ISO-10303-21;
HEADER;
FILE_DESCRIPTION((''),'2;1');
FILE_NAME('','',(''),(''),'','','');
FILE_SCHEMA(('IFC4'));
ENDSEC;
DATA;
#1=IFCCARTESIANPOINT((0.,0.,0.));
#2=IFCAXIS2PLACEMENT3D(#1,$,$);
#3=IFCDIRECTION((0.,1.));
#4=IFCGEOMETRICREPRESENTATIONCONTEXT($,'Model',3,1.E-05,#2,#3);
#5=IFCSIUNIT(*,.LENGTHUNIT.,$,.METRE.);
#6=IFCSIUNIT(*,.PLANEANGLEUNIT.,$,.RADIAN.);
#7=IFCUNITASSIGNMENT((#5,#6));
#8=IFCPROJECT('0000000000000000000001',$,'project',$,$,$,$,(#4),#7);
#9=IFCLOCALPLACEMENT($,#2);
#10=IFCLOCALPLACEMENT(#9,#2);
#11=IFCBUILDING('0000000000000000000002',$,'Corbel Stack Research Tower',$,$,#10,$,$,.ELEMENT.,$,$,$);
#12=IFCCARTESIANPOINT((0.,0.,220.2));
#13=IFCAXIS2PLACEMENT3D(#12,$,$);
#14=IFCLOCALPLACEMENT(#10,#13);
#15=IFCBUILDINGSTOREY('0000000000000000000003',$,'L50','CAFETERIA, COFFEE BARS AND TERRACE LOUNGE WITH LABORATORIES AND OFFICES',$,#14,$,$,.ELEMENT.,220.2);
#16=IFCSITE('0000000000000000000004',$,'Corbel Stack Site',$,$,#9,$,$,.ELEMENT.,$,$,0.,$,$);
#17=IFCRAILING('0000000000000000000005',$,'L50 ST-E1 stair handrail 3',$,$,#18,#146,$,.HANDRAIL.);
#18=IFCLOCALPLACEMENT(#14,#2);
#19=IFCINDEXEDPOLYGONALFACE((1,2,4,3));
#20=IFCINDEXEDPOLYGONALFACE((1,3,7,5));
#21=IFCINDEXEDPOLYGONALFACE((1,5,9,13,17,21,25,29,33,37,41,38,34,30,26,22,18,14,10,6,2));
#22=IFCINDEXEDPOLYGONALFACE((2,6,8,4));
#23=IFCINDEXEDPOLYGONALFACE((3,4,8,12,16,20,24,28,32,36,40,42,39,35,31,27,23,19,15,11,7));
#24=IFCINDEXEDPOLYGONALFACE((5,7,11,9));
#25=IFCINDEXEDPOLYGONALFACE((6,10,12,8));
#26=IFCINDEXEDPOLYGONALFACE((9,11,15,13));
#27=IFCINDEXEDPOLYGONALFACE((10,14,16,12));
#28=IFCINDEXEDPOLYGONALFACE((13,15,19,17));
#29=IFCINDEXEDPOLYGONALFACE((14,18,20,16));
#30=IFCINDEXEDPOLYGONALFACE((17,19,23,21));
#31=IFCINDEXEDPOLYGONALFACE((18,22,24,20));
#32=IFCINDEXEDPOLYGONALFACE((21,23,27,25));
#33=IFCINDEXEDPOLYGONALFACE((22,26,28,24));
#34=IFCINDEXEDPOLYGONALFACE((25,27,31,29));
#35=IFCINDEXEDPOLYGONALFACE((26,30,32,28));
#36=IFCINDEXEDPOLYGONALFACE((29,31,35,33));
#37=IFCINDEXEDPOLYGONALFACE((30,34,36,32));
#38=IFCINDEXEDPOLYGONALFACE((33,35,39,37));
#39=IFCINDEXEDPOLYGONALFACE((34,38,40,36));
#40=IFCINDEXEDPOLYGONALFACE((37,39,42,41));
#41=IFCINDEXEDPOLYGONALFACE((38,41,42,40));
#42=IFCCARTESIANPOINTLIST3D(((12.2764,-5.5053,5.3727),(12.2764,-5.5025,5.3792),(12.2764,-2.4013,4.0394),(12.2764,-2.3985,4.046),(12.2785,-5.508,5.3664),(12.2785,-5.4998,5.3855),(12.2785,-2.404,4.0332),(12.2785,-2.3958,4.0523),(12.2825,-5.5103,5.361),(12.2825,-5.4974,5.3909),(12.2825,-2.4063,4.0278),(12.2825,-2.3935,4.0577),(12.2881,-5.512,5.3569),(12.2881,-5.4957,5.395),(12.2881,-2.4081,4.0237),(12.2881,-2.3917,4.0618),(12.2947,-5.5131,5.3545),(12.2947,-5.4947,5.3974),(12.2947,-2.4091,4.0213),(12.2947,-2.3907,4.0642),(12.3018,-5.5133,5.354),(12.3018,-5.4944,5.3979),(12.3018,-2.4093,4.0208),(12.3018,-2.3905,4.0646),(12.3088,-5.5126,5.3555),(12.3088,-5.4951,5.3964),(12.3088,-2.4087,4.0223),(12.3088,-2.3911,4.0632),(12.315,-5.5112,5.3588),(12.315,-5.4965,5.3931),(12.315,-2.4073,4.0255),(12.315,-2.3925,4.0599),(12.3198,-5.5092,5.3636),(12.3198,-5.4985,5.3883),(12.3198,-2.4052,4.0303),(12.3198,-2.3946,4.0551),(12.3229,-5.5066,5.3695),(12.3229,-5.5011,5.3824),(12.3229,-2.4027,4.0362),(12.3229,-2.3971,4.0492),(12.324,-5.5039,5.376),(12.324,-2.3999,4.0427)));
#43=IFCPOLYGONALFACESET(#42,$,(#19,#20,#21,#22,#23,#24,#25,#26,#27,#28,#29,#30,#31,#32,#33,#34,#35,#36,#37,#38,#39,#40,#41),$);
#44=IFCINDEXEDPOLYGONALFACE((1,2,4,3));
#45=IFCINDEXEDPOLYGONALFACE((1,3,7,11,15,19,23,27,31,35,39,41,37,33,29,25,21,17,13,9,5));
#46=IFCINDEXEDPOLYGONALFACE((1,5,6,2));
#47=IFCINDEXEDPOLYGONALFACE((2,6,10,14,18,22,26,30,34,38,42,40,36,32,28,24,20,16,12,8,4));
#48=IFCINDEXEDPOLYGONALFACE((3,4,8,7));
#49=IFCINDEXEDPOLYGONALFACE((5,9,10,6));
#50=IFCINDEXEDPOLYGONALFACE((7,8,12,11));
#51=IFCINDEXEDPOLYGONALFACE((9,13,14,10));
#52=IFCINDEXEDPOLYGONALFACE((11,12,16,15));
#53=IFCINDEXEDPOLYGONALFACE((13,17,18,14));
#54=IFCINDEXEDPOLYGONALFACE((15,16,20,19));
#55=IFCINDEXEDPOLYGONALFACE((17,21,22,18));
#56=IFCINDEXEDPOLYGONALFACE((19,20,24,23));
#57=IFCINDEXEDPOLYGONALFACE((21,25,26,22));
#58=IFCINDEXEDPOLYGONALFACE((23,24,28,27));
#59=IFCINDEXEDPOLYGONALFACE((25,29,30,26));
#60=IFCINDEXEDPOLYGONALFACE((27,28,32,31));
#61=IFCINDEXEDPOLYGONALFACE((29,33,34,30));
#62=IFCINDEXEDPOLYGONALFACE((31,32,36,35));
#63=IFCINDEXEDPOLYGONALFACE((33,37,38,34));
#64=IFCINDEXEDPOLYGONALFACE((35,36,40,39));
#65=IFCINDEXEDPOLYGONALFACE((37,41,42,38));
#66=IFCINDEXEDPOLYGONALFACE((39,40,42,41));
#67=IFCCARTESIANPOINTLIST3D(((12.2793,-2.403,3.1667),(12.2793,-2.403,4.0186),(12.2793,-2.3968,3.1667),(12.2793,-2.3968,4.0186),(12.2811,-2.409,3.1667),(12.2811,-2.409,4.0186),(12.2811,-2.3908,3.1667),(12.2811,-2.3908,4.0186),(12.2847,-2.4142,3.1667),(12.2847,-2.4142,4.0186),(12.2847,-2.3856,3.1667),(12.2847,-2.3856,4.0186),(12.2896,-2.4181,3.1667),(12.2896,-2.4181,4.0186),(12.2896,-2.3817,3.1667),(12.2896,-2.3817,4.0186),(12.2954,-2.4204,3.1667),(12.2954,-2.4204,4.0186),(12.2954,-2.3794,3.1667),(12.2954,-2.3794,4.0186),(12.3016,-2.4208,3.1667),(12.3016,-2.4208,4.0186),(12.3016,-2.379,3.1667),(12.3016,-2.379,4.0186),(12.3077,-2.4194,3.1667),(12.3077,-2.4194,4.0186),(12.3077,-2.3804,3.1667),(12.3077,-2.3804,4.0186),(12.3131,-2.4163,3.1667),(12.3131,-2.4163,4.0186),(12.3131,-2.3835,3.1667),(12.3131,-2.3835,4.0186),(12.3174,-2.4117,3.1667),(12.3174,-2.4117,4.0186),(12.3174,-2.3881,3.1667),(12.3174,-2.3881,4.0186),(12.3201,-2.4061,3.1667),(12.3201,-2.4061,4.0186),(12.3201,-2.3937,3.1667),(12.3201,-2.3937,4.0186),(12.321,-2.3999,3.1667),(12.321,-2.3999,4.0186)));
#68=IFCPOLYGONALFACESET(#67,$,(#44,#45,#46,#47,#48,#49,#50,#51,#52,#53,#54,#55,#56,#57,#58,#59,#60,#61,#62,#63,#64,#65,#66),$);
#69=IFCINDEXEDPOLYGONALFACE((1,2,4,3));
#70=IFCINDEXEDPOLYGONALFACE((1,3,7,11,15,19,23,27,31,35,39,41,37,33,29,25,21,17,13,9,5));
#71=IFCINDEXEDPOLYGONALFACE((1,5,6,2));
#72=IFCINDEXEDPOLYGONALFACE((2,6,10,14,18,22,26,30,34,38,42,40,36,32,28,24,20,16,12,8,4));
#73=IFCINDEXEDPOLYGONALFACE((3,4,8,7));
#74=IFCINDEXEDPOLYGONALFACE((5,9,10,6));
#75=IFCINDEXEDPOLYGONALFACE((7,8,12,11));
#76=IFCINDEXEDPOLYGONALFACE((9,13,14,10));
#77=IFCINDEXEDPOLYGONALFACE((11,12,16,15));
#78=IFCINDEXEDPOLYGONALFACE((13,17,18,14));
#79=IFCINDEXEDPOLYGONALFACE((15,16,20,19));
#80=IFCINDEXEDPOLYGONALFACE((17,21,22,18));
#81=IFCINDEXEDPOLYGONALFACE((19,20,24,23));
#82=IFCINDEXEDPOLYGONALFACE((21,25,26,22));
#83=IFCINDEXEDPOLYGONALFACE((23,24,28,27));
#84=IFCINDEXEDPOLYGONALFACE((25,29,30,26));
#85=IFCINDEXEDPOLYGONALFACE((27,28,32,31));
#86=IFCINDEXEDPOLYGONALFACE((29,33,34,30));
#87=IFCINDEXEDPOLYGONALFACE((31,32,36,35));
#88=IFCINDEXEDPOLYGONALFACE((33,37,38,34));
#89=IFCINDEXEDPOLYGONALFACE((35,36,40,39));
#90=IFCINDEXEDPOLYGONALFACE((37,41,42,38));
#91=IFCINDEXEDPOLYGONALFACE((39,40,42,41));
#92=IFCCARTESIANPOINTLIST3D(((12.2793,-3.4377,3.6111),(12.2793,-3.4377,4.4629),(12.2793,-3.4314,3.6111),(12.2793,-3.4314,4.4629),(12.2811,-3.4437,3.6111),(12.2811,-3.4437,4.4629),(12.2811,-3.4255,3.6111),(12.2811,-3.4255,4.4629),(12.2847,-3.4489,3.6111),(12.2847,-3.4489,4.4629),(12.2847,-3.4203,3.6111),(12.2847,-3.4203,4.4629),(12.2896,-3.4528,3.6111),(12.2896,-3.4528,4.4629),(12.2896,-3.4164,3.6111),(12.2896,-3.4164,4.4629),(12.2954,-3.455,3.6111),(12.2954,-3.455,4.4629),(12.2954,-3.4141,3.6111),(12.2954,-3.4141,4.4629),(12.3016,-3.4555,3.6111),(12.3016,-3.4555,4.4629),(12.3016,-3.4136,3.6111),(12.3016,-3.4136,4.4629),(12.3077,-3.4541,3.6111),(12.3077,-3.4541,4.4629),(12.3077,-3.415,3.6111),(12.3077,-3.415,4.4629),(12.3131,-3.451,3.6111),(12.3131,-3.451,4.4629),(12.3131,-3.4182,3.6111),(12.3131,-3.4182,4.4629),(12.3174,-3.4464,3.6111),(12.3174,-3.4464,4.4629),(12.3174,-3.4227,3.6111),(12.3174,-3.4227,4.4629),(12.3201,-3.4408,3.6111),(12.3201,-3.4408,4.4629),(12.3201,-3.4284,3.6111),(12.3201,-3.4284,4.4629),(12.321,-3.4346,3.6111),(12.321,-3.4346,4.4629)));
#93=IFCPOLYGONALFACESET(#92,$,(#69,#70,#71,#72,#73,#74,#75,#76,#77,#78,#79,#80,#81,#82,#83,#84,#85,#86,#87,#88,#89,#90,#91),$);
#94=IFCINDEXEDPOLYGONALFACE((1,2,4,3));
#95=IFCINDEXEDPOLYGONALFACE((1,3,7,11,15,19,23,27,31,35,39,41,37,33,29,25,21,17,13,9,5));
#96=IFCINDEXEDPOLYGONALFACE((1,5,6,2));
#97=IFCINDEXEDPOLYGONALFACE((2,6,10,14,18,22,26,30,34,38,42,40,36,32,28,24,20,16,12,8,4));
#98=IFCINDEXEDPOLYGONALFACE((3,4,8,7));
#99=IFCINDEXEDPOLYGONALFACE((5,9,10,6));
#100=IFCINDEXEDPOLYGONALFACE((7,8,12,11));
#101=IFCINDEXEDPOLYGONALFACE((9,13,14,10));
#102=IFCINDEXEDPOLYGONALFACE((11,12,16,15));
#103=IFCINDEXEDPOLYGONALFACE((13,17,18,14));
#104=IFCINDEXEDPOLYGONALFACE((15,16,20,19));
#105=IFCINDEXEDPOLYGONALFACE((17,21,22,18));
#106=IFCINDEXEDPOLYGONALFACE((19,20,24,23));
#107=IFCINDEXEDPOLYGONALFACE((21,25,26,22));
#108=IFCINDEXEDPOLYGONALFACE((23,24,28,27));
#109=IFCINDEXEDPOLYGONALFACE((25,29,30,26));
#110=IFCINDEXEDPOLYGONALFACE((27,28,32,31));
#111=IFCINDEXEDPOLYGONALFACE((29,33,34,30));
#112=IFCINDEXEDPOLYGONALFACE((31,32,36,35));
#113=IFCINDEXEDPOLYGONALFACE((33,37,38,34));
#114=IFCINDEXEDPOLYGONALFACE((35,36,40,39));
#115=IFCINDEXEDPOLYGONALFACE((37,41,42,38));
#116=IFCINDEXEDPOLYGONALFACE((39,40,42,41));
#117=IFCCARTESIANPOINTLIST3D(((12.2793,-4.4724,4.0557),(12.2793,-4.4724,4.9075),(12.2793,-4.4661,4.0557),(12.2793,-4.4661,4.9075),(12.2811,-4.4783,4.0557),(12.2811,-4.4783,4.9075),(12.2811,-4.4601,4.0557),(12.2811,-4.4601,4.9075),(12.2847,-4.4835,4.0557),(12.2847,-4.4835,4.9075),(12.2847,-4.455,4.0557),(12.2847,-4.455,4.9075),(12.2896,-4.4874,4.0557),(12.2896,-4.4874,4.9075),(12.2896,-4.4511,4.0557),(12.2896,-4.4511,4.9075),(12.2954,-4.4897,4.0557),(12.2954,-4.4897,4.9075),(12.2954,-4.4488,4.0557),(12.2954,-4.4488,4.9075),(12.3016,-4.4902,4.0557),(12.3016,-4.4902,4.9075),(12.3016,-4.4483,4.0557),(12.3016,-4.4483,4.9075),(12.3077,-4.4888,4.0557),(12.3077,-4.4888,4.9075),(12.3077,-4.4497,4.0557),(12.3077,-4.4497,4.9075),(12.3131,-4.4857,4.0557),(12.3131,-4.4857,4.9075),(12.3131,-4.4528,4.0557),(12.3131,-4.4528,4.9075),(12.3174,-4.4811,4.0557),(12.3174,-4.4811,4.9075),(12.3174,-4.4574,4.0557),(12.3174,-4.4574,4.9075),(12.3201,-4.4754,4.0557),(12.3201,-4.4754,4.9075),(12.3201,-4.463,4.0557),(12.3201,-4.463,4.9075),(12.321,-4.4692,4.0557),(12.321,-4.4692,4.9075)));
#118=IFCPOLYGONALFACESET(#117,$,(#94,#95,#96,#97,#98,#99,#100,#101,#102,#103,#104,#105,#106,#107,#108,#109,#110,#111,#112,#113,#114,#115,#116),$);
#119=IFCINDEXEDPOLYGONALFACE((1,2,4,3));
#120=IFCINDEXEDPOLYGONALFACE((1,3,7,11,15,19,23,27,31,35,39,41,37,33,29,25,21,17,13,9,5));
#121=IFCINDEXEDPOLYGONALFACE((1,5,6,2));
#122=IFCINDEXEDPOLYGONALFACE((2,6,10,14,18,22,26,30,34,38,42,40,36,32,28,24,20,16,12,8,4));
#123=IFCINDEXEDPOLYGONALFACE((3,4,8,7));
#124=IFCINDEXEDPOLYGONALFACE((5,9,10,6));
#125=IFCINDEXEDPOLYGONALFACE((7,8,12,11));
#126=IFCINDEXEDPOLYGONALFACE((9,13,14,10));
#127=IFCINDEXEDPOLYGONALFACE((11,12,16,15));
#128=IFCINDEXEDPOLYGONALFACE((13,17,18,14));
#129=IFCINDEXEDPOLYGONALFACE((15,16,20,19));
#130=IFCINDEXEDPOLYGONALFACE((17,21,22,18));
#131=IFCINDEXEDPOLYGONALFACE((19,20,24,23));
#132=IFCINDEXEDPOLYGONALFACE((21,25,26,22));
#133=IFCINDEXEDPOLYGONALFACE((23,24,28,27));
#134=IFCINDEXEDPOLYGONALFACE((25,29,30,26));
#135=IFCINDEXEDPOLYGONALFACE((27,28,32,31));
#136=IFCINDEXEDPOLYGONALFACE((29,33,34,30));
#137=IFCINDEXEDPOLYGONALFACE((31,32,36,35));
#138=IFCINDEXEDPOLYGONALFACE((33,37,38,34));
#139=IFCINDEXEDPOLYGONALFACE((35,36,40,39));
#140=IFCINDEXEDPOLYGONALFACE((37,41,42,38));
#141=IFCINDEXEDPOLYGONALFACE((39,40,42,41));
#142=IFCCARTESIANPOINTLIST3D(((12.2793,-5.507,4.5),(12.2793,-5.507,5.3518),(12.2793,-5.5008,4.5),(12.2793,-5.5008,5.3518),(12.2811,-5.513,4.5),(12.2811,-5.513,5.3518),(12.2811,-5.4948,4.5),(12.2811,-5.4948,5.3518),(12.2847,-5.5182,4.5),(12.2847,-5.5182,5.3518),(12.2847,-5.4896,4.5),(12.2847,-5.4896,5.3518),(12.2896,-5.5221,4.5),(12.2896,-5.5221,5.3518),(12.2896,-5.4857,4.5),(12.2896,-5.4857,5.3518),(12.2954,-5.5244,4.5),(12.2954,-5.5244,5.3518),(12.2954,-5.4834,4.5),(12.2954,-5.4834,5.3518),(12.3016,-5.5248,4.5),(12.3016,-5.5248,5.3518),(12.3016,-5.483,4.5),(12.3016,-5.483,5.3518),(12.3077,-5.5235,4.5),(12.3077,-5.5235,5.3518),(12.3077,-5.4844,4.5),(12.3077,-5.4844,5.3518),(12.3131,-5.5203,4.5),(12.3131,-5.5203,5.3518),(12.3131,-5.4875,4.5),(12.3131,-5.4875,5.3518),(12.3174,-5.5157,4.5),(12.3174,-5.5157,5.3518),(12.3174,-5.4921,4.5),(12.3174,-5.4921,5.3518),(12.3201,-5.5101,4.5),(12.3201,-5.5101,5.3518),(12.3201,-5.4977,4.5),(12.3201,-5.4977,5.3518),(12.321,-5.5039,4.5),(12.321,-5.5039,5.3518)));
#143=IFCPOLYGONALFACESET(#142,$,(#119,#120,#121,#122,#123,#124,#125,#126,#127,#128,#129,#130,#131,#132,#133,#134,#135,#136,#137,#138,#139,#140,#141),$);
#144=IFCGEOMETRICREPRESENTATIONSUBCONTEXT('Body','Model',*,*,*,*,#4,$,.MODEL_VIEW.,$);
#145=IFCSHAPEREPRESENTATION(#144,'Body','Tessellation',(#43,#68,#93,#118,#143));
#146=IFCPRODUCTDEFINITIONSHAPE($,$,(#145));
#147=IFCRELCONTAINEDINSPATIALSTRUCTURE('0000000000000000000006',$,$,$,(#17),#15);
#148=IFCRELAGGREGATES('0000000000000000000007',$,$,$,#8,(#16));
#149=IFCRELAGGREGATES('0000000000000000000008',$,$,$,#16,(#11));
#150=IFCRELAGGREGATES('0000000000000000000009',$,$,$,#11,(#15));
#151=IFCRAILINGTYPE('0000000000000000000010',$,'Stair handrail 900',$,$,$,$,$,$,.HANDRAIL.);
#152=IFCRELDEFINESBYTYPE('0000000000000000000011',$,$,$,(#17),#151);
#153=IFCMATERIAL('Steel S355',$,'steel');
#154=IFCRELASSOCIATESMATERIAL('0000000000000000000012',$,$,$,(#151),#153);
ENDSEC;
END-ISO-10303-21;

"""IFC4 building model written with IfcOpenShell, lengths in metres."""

from ifc_helpers import new_model, si_unit, direction, frame, origin, origin_2d, place, context, subcontext, project, spatial, circle, extrude, material, type_object, element, save


model = new_model("IFC4")

# Units and contexts
model_context = context("Model", 3, precision=1e-05, world=origin(), true_north=direction((0.0, 1.0)))
body_context = subcontext(model_context, "Body", "Model", "MODEL_VIEW")
ifc_project = project(units=[si_unit("LENGTHUNIT", "METRE"), si_unit("PLANEANGLEUNIT", "RADIAN")], contexts=[model_context])

# Site, building, storey
site_placement = place(None, origin())
site = spatial("IfcSite", under=ifc_project, at=site_placement, Name="Corbel Stack Site", CompositionType="ELEMENT", RefElevation=0.0)
building_placement = place(site_placement, origin())
building = spatial("IfcBuilding", under=site, at=building_placement, Name="Corbel Stack Research Tower", CompositionType="ELEMENT")
storey_placement = place(building_placement, frame((0.0, 0.0, 220.2)))
storey = spatial("IfcBuildingStorey", under=building, at=storey_placement, Name="L50", Description="CAFETERIA, COFFEE BARS AND TERRACE LOUNGE WITH LABORATORIES AND OFFICES", CompositionType="ELEMENT", Elevation=220.2)

# Railing
ifc_material_1 = material(Name="Steel S355", Category="steel")
railing_type_1 = type_object("IfcRailingType", Name="Stair handrail 900", PredefinedType="HANDRAIL", material=ifc_material_1)
railing_1_placement = place(storey_placement, frame((12.3, -2.3999, 3.1667)))
element("IfcRailing", 1, at=railing_1_placement, inside=storey, type_object=railing_type_1, Name="L50 ST-E1 stair handrail 3", PredefinedType="HANDRAIL", context=body_context, shape_type="SweptSolid", body=[
    extrude(circle(Radius=0.0239, at=origin_2d()), frame((0.0, 0.0, 0.876), z_axis=(0.0, -0.918827, 0.394661), x_axis=(1.0, 0.0, 0.0)), (0.0, 0.0, 1.0), 3.3782),
    extrude(circle(Radius=0.021, at=origin_2d()), origin(), (0.0, 0.0, 1.0), 0.8518),
    extrude(circle(Radius=0.021, at=origin_2d()), frame((0.0, -1.0347, 0.4443)), (0.0, 0.0, 1.0), 0.8518),
    extrude(circle(Radius=0.021, at=origin_2d()), frame((0.0, -2.0693, 0.8889)), (0.0, 0.0, 1.0), 0.8518),
    extrude(circle(Radius=0.021, at=origin_2d()), frame((0.0, -3.104, 1.3333)), (0.0, 0.0, 1.0), 0.8518),
])

save(model, "model.ifc")
